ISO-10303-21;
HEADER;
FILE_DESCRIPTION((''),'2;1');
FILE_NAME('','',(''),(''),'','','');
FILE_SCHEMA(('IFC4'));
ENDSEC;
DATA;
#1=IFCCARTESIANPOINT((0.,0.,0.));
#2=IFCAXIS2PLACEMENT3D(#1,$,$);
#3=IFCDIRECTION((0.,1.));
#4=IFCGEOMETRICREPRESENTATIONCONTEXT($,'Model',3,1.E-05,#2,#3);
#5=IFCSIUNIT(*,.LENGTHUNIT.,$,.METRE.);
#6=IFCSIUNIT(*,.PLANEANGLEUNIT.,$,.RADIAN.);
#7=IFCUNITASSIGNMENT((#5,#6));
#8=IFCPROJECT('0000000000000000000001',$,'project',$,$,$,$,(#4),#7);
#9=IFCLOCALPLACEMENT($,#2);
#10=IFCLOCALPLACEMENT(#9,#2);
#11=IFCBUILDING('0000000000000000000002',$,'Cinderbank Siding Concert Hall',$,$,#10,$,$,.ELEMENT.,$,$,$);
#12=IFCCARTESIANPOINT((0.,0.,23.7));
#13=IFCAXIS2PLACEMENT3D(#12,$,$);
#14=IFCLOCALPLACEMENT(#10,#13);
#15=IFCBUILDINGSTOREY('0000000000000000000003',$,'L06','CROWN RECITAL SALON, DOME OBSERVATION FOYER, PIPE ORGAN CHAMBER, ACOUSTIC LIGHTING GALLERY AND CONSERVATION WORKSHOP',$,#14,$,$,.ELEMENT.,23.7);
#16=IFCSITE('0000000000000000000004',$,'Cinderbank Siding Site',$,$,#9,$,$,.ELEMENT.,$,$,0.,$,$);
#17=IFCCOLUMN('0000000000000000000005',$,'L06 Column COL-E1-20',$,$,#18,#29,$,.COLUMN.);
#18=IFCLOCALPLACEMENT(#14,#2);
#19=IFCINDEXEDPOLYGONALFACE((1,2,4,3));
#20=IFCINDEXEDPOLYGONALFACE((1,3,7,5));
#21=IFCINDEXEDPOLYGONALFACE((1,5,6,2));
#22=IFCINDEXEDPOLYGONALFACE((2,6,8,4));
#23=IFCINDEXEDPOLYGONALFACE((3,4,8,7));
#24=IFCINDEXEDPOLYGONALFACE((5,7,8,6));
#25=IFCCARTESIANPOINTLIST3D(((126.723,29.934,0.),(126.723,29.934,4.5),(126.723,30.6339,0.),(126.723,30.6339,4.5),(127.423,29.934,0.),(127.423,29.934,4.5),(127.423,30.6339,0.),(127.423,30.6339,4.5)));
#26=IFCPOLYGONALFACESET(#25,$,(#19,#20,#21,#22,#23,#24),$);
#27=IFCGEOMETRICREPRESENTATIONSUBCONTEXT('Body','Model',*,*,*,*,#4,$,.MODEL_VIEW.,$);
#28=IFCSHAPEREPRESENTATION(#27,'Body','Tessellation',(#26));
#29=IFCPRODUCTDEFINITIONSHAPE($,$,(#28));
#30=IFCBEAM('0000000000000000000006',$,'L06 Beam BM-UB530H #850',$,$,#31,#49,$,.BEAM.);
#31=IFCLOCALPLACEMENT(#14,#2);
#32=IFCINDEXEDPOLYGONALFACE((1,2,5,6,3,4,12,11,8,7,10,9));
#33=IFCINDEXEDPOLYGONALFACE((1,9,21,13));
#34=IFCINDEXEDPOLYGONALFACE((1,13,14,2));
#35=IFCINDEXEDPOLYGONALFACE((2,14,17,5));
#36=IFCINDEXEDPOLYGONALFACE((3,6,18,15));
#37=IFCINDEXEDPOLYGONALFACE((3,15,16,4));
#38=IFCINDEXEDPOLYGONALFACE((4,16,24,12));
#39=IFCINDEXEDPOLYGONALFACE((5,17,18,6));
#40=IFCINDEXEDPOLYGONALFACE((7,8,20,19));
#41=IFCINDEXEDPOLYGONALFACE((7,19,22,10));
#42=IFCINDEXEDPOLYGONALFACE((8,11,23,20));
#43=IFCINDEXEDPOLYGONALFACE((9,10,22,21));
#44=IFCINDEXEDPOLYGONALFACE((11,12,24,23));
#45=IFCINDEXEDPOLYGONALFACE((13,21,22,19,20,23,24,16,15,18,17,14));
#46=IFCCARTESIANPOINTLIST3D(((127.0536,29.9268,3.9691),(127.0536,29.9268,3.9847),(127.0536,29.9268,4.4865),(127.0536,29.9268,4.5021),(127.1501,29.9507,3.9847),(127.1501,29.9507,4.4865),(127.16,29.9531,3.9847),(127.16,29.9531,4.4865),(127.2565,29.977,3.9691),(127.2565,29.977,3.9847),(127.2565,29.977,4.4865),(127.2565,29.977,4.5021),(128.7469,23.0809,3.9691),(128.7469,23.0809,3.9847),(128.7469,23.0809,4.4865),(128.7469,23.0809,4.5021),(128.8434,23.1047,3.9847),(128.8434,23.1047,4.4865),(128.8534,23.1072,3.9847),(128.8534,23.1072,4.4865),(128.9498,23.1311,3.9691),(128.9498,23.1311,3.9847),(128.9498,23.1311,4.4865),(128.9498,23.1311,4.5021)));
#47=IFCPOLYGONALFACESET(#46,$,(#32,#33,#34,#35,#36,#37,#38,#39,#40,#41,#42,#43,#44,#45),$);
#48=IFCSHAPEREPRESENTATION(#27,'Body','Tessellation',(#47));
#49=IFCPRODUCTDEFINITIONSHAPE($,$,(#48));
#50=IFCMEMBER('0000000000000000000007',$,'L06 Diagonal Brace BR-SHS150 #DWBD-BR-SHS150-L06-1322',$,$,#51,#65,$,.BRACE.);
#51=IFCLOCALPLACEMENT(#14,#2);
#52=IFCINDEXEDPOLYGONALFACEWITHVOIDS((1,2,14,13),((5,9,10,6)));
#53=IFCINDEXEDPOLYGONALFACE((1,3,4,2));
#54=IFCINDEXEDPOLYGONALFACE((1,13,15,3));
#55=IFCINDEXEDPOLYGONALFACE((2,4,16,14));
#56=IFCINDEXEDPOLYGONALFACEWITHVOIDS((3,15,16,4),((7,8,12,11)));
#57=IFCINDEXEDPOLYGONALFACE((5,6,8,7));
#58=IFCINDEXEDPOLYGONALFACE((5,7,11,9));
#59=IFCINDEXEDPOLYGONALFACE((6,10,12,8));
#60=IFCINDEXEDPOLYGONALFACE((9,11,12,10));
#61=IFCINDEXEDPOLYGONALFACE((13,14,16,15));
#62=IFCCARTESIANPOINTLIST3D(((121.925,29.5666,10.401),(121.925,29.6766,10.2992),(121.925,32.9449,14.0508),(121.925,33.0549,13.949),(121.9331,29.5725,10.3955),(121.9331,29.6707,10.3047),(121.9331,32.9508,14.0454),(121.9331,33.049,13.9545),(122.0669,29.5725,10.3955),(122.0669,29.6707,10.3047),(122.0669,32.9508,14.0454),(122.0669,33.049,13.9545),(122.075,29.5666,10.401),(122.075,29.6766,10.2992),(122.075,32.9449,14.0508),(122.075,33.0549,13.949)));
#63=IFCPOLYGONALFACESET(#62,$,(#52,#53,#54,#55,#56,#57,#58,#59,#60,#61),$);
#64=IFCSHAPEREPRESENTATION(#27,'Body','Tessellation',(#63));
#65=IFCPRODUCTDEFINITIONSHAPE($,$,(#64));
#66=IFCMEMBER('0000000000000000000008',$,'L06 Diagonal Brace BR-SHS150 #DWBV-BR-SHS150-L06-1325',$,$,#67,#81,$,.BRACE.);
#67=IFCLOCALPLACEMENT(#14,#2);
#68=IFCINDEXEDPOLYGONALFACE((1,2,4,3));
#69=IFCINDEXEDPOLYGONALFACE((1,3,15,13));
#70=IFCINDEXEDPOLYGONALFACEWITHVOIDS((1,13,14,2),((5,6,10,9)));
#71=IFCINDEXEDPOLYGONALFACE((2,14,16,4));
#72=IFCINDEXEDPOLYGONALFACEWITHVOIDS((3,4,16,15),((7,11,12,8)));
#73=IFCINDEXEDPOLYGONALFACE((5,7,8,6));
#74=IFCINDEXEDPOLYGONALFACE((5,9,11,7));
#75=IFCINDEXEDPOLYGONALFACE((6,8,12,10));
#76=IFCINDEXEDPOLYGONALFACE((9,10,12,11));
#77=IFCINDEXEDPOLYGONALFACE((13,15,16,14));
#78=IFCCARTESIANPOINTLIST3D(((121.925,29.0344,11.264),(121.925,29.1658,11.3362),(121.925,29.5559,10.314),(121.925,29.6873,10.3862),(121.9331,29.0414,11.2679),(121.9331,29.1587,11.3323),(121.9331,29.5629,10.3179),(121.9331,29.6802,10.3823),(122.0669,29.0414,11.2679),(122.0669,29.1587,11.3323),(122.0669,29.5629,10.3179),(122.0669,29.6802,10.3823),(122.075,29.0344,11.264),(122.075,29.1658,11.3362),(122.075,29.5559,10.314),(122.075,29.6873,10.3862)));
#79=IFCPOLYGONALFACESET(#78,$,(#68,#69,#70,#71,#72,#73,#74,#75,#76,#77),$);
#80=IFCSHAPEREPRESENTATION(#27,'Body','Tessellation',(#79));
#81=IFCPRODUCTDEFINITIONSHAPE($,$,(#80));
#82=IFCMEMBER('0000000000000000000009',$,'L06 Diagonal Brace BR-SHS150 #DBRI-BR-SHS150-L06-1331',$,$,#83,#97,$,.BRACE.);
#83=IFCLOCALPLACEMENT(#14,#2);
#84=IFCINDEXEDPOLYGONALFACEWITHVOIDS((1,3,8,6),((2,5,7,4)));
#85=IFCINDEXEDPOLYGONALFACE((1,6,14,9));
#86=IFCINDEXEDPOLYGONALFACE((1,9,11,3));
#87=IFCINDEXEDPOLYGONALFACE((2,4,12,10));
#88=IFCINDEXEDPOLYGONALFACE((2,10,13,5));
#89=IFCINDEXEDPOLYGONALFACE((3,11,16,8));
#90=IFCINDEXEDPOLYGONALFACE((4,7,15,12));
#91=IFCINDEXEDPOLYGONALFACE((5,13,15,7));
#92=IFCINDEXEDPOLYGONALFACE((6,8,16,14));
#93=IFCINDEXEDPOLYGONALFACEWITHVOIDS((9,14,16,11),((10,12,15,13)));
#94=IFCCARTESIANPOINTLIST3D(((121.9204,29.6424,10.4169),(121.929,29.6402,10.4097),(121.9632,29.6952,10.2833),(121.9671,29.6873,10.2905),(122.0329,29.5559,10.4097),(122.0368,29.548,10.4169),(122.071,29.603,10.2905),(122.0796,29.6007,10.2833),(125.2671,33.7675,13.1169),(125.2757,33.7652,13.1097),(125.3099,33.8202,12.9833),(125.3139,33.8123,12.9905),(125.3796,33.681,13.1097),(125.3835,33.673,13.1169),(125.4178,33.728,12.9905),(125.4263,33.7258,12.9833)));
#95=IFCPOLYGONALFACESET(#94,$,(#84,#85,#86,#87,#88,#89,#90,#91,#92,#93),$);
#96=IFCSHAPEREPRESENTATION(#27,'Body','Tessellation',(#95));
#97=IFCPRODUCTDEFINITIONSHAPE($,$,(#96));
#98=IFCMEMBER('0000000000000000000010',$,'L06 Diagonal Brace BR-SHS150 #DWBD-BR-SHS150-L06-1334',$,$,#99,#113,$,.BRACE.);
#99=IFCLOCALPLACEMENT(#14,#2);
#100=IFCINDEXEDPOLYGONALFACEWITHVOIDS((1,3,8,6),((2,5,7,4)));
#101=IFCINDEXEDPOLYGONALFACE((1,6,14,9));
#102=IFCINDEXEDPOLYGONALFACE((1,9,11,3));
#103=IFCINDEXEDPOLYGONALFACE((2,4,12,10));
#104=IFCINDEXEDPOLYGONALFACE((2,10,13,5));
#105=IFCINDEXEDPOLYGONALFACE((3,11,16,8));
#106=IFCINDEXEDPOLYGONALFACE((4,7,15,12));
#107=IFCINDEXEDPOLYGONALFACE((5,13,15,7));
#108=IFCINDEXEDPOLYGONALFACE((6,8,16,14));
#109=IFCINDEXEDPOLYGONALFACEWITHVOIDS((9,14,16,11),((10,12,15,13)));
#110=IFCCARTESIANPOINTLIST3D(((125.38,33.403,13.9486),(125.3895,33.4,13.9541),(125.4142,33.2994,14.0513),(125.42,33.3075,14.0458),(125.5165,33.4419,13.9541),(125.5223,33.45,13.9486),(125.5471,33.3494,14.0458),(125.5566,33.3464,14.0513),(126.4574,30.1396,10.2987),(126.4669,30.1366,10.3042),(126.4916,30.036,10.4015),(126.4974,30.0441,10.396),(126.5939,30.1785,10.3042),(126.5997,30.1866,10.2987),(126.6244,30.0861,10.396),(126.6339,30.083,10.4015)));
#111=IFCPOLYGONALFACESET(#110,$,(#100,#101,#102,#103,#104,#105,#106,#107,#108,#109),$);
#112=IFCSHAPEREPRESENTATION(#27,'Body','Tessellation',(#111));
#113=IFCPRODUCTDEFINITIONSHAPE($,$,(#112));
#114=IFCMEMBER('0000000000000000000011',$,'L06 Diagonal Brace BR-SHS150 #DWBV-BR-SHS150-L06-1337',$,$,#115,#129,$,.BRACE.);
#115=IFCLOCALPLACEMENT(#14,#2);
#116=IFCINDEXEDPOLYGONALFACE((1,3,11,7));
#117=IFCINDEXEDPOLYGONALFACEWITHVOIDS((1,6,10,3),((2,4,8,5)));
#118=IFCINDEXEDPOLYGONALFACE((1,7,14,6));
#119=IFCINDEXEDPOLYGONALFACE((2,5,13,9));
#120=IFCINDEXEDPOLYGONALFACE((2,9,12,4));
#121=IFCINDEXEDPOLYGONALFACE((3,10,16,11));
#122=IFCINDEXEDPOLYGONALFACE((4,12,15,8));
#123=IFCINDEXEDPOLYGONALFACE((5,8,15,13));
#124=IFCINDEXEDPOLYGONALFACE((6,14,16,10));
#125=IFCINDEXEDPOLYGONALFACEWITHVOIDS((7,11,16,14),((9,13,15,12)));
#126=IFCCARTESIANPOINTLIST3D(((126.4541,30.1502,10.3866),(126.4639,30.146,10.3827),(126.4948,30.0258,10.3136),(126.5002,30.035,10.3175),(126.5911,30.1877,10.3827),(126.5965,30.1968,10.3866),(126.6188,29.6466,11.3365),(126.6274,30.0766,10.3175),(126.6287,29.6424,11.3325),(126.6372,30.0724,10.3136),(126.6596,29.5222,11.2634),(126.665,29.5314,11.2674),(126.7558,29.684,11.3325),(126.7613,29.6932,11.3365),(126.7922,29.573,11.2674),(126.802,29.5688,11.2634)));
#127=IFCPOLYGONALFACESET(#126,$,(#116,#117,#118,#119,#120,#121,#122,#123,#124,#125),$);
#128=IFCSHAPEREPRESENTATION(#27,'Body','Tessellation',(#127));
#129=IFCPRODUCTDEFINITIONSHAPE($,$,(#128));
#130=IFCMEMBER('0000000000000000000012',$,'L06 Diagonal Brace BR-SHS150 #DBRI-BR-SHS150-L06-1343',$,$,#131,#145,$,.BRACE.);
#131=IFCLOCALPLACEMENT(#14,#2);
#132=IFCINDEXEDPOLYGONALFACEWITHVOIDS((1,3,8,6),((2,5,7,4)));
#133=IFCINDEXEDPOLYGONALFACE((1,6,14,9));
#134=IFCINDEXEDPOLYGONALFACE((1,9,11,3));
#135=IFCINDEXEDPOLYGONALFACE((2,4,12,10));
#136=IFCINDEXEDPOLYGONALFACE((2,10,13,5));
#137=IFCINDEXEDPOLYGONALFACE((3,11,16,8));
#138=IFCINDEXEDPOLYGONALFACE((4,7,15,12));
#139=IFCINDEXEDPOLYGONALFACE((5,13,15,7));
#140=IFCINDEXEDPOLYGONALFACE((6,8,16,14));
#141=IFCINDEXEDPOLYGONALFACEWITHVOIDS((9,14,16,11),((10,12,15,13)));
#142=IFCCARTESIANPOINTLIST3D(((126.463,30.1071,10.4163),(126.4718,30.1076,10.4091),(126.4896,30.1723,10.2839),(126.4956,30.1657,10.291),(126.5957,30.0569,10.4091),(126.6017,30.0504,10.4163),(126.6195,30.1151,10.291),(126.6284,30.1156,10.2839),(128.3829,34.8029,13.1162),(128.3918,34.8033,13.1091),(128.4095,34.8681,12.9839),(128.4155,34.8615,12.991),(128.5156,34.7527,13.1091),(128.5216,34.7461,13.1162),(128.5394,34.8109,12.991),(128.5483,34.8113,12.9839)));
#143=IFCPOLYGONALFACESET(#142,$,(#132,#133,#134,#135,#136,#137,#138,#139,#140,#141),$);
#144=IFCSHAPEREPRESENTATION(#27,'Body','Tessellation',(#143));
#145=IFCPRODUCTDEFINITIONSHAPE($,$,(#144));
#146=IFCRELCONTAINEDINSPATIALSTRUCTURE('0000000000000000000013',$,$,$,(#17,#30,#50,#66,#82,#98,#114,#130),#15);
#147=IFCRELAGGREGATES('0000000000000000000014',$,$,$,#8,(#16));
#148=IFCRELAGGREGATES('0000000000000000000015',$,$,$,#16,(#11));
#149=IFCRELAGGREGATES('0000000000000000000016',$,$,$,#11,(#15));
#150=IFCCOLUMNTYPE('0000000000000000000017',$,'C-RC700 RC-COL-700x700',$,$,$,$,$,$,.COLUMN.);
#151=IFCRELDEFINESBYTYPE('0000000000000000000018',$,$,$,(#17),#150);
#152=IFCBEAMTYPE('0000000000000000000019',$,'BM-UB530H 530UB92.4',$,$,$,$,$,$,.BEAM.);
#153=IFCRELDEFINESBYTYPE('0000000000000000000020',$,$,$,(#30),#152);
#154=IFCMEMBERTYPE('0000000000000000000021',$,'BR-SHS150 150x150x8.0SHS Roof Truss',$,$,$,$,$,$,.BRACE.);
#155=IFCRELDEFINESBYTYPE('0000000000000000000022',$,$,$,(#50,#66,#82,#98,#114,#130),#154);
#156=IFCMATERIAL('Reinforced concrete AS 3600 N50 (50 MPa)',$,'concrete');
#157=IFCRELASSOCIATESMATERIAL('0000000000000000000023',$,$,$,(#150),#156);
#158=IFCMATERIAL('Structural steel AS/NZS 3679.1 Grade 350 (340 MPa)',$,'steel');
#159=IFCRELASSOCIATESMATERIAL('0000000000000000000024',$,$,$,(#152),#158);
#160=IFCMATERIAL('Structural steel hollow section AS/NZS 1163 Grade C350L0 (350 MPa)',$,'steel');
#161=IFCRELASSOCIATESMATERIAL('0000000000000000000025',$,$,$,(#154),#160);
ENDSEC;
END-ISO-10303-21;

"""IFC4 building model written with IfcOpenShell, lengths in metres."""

from ifc_helpers import new_model, si_unit, direction, frame, origin, origin_2d, place, context, subcontext, project, spatial, rectangle, hollow_rectangle, i_section, extrude, material, material_profile, profile_set, type_object, element, save


model = new_model("IFC4")

# Units and contexts
model_context = context("Model", 3, precision=1e-05, world=origin(), true_north=direction((0.0, 1.0)))
body_context = subcontext(model_context, "Body", "Model", "MODEL_VIEW")
ifc_project = project(units=[si_unit("LENGTHUNIT", "METRE"), si_unit("PLANEANGLEUNIT", "RADIAN")], contexts=[model_context])

# Site, building, storey
site_placement = place(None, origin())
site = spatial("IfcSite", under=ifc_project, at=site_placement, Name="Cinderbank Siding Site", CompositionType="ELEMENT", RefElevation=0.0)
building_placement = place(site_placement, origin())
building = spatial("IfcBuilding", under=site, at=building_placement, Name="Cinderbank Siding Concert Hall", CompositionType="ELEMENT")
storey_placement = place(building_placement, frame((0.0, 0.0, 23.7)))
storey = spatial("IfcBuildingStorey", under=building, at=storey_placement, Name="L06", Description="CROWN RECITAL SALON, DOME OBSERVATION FOYER, PIPE ORGAN CHAMBER, ACOUSTIC LIGHTING GALLERY AND CONSERVATION WORKSHOP", CompositionType="ELEMENT", Elevation=23.7)

# Column
ifc_material_1 = material(Name="Reinforced concrete AS 3600 N50 (50 MPa)", Category="concrete")
ifc_material_profile_1 = material_profile(ifc_material_1, rectangle(XDim=0.7, YDim=0.7, at=origin_2d()), Name="RC-COL-700x700", Category="LoadBearing")
ifc_profile_set_1 = profile_set([ifc_material_profile_1], Name="Reinforced concrete AS 3600 N50 (50 MPa)")
column_type = type_object("IfcColumnType", Name="C-RC700 RC-COL-700x700", PredefinedType="COLUMN", material=ifc_profile_set_1)
column_placement = place(storey_placement, frame((127.073, 30.2839, 0.0), z_axis=(0.0, 0.0, 1.0), x_axis=(1.0, 0.0, 0.0)))
element("IfcColumn", 1, at=column_placement, inside=storey, type_object=column_type, Name="L06 Column COL-E1-20", PredefinedType="COLUMN", context=body_context, shape_type="SweptSolid", body=[
    extrude(rectangle(XDim=0.7, YDim=0.7, at=origin_2d()), origin(), (0.0, 0.0, 1.0), 4.5),
])

# Beam
ifc_material_2 = material(Name="Structural steel AS/NZS 3679.1 Grade 350 (340 MPa)", Category="steel")
ifc_material_profile_2 = material_profile(ifc_material_2, i_section(OverallWidth=0.209, OverallDepth=0.533, WebThickness=0.0103, FlangeThickness=0.0156, at=origin_2d()), Name="530UB92.4", Category="LoadBearing")
ifc_profile_set_2 = profile_set([ifc_material_profile_2], Name="Structural steel AS/NZS 3679.1 Grade 350 (340 MPa)")
beam_type = type_object("IfcBeamType", Name="BM-UB530H 530UB92.4", PredefinedType="BEAM", material=ifc_profile_set_2)
beam_placement = place(storey_placement, frame((127.155, 29.9519, 4.2356), z_axis=(0.240116, -0.970744, 0.0), x_axis=(0.970744, 0.240116, 0.0)))
element("IfcBeam", 2, at=beam_placement, inside=storey, type_object=beam_type, Name="L06 Beam BM-UB530H #850", PredefinedType="BEAM", context=body_context, shape_type="SweptSolid", body=[
    extrude(i_section(OverallWidth=0.209, OverallDepth=0.533, WebThickness=0.0103, FlangeThickness=0.0156, at=origin_2d()), origin(), (0.0, 0.0, 1.0), 7.0522),
])

# Members
ifc_material_3 = material(Name="Structural steel hollow section AS/NZS 1163 Grade C350L0 (350 MPa)", Category="steel")
ifc_material_profile_3 = material_profile(ifc_material_3, hollow_rectangle(XDim=0.1499, YDim=0.1499, WallThickness=0.0081, at=origin_2d()), Name="150x150x8.0SHS", Category="LoadBearing")
ifc_profile_set_3 = profile_set([ifc_material_profile_3], Name="Structural steel hollow section AS/NZS 1163 Grade C350L0 (350 MPa)")
member_type_1 = type_object("IfcMemberType", Name="BR-SHS150 150x150x8.0SHS Roof Truss", PredefinedType="BRACE", material=ifc_profile_set_3)
member_1_placement = place(storey_placement, frame((122.0, 29.6216, 10.3501), z_axis=(0.0, 0.679287, 0.733873), x_axis=(-1.0, 0.0, 0.0)))
element("IfcMember", 3, at=member_1_placement, inside=storey, type_object=member_type_1, Name="L06 Diagonal Brace BR-SHS150 #DWBD-BR-SHS150-L06-1322", PredefinedType="BRACE", context=body_context, shape_type="SweptSolid", body=[
    extrude(hollow_rectangle(XDim=0.1499, YDim=0.1499, WallThickness=0.0081, at=origin_2d()), origin(), (0.0, 0.0, 1.0), 4.9734),
])
member_2_placement = place(storey_placement, frame((122.0, 29.6216, 10.3501), z_axis=(0.0, -0.481218, 0.876601), x_axis=(1.0, 0.0, 0.0)))
element("IfcMember", 4, at=member_2_placement, inside=storey, type_object=member_type_1, Name="L06 Diagonal Brace BR-SHS150 #DWBV-BR-SHS150-L06-1325", PredefinedType="BRACE", context=body_context, shape_type="SweptSolid", body=[
    extrude(hollow_rectangle(XDim=0.1499, YDim=0.1499, WallThickness=0.0081, at=origin_2d()), origin(), (0.0, 0.0, 1.0), 1.0837),
])
member_3_placement = place(storey_placement, frame((122.0, 29.6216, 10.3501), z_axis=(0.56165, 0.69227, 0.453114), x_axis=(-0.776564, 0.630039, 0.0)))
element("IfcMember", 5, at=member_3_placement, inside=storey, type_object=member_type_1, Name="L06 Diagonal Brace BR-SHS150 #DBRI-BR-SHS150-L06-1331", PredefinedType="BRACE", context=body_context, shape_type="SweptSolid", body=[
    extrude(hollow_rectangle(XDim=0.1499, YDim=0.1499, WallThickness=0.0081, at=origin_2d()), origin(), (0.0, 0.0, 1.0), 5.9587),
])
member_4_placement = place(storey_placement, frame((126.5457, 30.1113, 10.3501), z_axis=(-0.21491, 0.650962, 0.728053), x_axis=(-0.949589, -0.313499, 0.0)))
element("IfcMember", 6, at=member_4_placement, inside=storey, type_object=member_type_1, Name="L06 Diagonal Brace BR-SHS150 #DWBD-BR-SHS150-L06-1334", PredefinedType="BRACE", context=body_context, shape_type="SweptSolid", body=[
    extrude(hollow_rectangle(XDim=0.1499, YDim=0.1499, WallThickness=0.0081, at=origin_2d()), origin(), (0.0, 0.0, 1.0), 5.0132),
])
member_5_placement = place(storey_placement, frame((126.5457, 30.1113, 10.3501), z_axis=(0.151498, -0.463023, 0.873303), x_axis=(0.950419, 0.310971, 0.0)))
element("IfcMember", 7, at=member_5_placement, inside=storey, type_object=member_type_1, Name="L06 Diagonal Brace BR-SHS150 #DWBV-BR-SHS150-L06-1337", PredefinedType="BRACE", context=body_context, shape_type="SweptSolid", body=[
    extrude(hollow_rectangle(XDim=0.1499, YDim=0.1499, WallThickness=0.0081, at=origin_2d()), origin(), (0.0, 0.0, 1.0), 1.0876),
])
member_6_placement = place(storey_placement, frame((126.5457, 30.1113, 10.3501), z_axis=(0.334082, 0.817107, 0.469813), x_axis=(-0.925622, 0.378449, 0.0)))
element("IfcMember", 8, at=member_6_placement, inside=storey, type_object=member_type_1, Name="L06 Diagonal Brace BR-SHS150 #DBRI-BR-SHS150-L06-1343", PredefinedType="BRACE", context=body_context, shape_type="SweptSolid", body=[
    extrude(hollow_rectangle(XDim=0.1499, YDim=0.1499, WallThickness=0.0081, at=origin_2d()), origin(), (0.0, 0.0, 1.0), 5.7468),
])

save(model, "model.ifc")
